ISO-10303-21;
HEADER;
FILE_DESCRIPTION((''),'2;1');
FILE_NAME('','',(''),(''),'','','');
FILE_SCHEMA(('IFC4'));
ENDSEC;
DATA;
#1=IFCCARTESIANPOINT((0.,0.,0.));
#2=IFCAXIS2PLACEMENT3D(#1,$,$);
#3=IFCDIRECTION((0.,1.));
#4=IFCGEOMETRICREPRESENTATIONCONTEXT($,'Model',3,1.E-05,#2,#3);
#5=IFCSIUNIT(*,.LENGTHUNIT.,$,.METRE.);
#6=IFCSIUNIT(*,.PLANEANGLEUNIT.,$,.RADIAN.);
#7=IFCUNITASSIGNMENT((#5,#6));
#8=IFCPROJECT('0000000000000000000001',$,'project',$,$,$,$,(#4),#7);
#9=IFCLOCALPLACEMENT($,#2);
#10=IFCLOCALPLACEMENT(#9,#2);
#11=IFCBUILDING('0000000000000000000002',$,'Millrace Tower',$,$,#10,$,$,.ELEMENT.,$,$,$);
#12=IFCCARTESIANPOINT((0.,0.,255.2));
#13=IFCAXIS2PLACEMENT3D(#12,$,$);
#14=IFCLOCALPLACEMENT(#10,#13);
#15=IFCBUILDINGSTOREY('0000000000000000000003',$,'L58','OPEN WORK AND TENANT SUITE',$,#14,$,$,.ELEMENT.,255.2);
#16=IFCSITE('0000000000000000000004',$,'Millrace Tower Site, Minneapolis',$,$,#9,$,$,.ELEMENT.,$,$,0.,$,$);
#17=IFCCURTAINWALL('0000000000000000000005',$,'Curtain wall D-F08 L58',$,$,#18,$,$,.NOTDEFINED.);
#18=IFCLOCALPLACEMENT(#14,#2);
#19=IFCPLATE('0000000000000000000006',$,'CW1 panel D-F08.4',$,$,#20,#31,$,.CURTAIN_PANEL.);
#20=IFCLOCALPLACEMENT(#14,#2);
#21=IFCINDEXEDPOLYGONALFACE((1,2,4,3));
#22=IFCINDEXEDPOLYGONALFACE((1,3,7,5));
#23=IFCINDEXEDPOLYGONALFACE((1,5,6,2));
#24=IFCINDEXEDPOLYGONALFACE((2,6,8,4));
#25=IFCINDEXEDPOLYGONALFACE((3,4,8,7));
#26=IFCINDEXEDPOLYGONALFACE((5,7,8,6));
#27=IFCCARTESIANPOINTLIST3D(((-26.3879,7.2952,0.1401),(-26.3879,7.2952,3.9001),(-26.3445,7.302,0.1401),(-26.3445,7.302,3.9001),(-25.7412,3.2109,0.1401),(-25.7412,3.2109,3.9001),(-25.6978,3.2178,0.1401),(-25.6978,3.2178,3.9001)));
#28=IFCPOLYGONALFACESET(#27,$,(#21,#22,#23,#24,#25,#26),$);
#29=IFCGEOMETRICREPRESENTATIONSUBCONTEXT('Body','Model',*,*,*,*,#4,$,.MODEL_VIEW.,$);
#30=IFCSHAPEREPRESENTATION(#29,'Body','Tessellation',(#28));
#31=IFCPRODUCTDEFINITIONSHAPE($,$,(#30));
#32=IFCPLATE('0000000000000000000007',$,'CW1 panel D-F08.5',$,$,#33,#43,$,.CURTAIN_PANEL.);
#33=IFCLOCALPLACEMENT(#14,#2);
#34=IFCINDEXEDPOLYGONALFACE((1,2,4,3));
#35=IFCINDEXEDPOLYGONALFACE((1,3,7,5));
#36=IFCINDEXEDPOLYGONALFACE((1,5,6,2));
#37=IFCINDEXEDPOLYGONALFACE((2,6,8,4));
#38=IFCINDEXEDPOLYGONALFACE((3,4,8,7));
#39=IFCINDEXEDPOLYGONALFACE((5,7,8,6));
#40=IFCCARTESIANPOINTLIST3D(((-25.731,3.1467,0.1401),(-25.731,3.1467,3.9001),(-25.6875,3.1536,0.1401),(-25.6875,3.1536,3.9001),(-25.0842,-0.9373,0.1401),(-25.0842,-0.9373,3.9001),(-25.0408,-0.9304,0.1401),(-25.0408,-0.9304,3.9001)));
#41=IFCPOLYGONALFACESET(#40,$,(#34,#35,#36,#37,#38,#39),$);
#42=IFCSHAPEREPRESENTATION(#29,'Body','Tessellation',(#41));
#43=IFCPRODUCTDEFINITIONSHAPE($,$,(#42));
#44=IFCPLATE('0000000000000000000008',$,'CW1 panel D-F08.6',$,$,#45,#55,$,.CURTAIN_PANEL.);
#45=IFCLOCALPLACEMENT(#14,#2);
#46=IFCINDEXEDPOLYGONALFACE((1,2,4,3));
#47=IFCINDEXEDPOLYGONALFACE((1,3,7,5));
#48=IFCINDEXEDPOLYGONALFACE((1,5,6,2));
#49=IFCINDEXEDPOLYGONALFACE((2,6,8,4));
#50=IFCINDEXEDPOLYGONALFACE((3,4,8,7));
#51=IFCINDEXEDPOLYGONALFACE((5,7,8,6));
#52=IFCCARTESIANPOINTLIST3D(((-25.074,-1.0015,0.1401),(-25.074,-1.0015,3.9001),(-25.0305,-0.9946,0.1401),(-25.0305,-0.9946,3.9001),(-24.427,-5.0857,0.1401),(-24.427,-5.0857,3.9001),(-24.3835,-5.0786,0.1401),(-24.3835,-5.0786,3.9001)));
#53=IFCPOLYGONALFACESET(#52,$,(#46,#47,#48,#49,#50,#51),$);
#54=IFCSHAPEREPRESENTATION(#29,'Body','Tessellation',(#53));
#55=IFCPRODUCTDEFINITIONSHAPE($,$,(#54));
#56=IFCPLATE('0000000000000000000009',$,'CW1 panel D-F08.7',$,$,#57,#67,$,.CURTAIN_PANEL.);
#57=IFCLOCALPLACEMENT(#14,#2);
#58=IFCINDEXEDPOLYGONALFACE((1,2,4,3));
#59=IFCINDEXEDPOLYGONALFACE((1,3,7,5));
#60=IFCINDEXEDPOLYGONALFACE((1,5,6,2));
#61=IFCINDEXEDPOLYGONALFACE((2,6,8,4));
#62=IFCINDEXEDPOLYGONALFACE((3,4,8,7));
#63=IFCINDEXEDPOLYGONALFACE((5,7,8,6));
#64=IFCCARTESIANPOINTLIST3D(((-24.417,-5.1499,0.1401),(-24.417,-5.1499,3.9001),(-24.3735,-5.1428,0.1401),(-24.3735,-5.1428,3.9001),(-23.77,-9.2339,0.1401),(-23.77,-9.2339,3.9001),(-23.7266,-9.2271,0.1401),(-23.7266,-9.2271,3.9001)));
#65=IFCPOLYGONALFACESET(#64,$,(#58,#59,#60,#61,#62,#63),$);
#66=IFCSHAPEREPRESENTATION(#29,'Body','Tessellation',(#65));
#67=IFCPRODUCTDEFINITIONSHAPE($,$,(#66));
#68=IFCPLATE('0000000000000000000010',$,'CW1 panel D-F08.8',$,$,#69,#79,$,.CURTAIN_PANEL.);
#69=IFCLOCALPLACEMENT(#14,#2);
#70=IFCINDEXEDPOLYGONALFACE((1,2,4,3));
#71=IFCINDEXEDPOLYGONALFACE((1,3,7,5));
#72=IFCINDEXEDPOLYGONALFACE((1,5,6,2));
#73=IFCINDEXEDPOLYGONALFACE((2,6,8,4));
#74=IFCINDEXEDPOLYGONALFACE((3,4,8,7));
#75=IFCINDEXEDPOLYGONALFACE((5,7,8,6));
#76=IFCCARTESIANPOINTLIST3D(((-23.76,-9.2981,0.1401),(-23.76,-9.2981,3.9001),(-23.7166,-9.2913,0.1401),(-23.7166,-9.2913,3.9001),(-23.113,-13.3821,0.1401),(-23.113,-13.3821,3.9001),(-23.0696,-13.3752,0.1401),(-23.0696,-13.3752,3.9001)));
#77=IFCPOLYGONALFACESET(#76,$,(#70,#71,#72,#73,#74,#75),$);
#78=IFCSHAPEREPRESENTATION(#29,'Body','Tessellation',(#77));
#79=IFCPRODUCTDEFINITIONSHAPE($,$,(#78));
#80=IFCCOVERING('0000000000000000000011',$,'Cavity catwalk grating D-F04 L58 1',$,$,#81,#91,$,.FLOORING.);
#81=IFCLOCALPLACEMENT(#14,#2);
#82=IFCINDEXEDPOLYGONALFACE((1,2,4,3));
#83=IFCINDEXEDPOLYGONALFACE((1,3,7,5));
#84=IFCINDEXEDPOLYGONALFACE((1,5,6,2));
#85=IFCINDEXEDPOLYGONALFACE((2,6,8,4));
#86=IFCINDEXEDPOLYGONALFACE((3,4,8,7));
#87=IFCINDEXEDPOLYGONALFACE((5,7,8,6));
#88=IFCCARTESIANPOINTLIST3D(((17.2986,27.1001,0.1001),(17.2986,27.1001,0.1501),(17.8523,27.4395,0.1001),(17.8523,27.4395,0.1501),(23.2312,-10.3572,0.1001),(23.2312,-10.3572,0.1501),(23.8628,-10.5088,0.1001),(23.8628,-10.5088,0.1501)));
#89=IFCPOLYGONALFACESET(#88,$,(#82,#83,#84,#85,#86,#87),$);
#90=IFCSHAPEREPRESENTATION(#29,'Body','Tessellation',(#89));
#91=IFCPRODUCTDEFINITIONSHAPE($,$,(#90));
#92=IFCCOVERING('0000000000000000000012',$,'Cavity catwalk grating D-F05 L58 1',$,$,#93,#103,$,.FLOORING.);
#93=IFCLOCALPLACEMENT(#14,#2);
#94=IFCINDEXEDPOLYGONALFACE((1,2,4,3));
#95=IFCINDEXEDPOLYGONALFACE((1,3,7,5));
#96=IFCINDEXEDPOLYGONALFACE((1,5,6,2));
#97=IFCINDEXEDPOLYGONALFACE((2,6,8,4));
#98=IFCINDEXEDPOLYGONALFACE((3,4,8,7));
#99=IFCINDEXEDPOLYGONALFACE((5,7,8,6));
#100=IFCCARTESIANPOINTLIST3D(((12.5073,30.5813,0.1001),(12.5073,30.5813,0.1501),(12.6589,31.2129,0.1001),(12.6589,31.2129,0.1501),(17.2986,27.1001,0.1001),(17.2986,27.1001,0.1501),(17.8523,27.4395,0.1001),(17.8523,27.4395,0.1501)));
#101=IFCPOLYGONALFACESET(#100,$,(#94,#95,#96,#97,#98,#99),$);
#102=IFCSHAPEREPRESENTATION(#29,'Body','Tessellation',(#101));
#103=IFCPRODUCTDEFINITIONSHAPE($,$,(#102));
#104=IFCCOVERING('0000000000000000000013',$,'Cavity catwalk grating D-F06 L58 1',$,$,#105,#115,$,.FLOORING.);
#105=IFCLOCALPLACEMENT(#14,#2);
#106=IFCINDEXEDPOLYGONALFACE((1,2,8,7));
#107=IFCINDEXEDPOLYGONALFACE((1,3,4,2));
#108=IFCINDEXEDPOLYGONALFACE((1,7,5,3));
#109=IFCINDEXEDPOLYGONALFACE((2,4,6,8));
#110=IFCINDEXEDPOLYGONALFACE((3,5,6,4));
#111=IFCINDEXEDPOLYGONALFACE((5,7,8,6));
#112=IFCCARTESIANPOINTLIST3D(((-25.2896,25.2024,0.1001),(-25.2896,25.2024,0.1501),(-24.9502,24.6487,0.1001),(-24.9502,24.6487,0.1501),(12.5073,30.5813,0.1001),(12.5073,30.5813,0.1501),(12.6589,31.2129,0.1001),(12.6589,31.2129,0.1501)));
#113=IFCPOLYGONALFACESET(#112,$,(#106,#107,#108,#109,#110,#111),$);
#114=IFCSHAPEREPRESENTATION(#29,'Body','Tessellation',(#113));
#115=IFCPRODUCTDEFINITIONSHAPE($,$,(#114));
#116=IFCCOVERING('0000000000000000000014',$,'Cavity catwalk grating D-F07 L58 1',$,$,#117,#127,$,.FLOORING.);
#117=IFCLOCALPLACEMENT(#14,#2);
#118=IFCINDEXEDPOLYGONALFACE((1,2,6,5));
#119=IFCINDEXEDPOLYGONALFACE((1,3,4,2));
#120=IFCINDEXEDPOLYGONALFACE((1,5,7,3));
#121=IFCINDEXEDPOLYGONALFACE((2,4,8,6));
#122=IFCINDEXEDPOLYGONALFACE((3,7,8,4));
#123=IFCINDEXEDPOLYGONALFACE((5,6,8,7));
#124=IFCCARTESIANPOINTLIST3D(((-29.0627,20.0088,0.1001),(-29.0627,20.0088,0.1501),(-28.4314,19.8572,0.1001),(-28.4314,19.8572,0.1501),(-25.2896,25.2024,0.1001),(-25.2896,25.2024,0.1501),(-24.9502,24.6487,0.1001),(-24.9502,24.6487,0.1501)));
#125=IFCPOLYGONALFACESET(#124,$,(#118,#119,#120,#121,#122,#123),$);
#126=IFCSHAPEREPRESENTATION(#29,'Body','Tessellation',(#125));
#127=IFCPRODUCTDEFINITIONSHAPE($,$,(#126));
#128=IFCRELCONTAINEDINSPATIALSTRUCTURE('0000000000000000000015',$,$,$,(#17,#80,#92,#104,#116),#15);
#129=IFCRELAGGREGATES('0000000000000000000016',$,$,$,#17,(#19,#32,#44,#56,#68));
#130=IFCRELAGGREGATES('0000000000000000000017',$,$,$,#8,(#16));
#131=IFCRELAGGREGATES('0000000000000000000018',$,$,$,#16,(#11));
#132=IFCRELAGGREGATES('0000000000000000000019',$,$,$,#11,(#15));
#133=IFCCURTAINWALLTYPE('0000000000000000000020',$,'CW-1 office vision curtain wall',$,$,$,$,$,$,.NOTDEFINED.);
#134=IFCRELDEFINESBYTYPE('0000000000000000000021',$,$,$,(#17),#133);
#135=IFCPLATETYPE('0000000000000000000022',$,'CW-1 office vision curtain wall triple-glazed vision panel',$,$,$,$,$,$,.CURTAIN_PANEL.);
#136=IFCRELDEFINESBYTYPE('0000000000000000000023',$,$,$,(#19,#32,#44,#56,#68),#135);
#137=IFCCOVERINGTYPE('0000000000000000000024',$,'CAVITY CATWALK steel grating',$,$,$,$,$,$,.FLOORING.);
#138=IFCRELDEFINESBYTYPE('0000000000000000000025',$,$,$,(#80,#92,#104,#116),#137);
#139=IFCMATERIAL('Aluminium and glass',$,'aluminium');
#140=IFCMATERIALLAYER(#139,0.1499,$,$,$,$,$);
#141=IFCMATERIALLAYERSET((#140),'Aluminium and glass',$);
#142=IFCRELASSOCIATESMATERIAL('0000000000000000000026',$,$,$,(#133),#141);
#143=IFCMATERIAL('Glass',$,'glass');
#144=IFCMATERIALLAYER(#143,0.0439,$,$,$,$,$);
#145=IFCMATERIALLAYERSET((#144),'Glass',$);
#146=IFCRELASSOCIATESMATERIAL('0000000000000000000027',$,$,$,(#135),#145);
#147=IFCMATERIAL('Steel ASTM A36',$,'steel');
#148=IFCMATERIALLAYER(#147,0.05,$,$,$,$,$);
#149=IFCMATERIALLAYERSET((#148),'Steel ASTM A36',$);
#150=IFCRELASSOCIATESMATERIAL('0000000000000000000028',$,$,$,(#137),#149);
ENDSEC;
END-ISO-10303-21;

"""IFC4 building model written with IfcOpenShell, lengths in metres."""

from ifc_helpers import new_model, si_unit, direction, frame, origin, place, context, subcontext, project, spatial, polyline, outline, extrude, material, layer, layer_set, type_object, element, aggregate, save


model = new_model("IFC4")

# Units and contexts
model_context = context("Model", 3, precision=1e-05, world=origin(), true_north=direction((0.0, 1.0)))
body_context = subcontext(model_context, "Body", "Model", "MODEL_VIEW")
ifc_project = project(units=[si_unit("LENGTHUNIT", "METRE"), si_unit("PLANEANGLEUNIT", "RADIAN")], contexts=[model_context])

# Site, building, storey
site_placement = place(None, origin())
site = spatial("IfcSite", under=ifc_project, at=site_placement, Name="Millrace Tower Site, Minneapolis", CompositionType="ELEMENT", RefElevation=0.0)
building_placement = place(site_placement, origin())
building = spatial("IfcBuilding", under=site, at=building_placement, Name="Millrace Tower", CompositionType="ELEMENT")
storey_placement = place(building_placement, frame((0.0, 0.0, 255.2)))
storey = spatial("IfcBuildingStorey", under=building, at=storey_placement, Name="L58", Description="OPEN WORK AND TENANT SUITE", CompositionType="ELEMENT", Elevation=255.2)

# Shared definitions
ifc_material_1 = material(Name="Aluminium and glass", Category="aluminium")
ifc_layer_1 = layer(ifc_material_1, 0.1499)
ifc_layer_set_1 = layer_set([ifc_layer_1], Name="Aluminium and glass")
curtain_wall_type = type_object("IfcCurtainWallType", Name="CW-1 office vision curtain wall", PredefinedType="NOTDEFINED", material=ifc_layer_set_1)
placement_1 = place(storey_placement, origin())
ifc_material_2 = material(Name="Glass", Category="glass")
ifc_layer_2 = layer(ifc_material_2, 0.0439)
ifc_layer_set_2 = layer_set([ifc_layer_2], Name="Glass")
plate_type = type_object("IfcPlateType", Name="CW-1 office vision curtain wall triple-glazed vision panel", PredefinedType="CURTAIN_PANEL", material=ifc_layer_set_2)
placement_2 = place(storey_placement, frame((0.0, 0.0, 0.1401)))

# Curtain wall, plates
curtain_wall_1 = element("IfcCurtainWall", 1, at=placement_1, inside=storey, type_object=curtain_wall_type, Name="Curtain wall D-F08 L58", PredefinedType="NOTDEFINED")
plate_1 = element("IfcPlate", 2, at=placement_2, type_object=plate_type, Name="CW1 panel D-F08.4", PredefinedType="CURTAIN_PANEL", context=body_context, shape_type="SweptSolid", body=[
    extrude(outline(polyline([(-26.3879, 7.2952), (-25.7412, 3.2109), (-25.6978, 3.2178), (-26.3445, 7.302), (-26.3879, 7.2952)])), origin(), (0.0, 0.0, 1.0), 3.76),
])
plate_2 = element("IfcPlate", 3, at=placement_2, type_object=plate_type, Name="CW1 panel D-F08.5", PredefinedType="CURTAIN_PANEL", context=body_context, shape_type="SweptSolid", body=[
    extrude(outline(polyline([(-25.731, 3.1467), (-25.0842, -0.9373), (-25.0408, -0.9304), (-25.6875, 3.1536), (-25.731, 3.1467)])), origin(), (0.0, 0.0, 1.0), 3.76),
])
plate_3 = element("IfcPlate", 4, at=placement_2, type_object=plate_type, Name="CW1 panel D-F08.6", PredefinedType="CURTAIN_PANEL", context=body_context, shape_type="SweptSolid", body=[
    extrude(outline(polyline([(-25.074, -1.0015), (-24.427, -5.0857), (-24.3835, -5.0786), (-25.0305, -0.9946), (-25.074, -1.0015)])), origin(), (0.0, 0.0, 1.0), 3.76),
])
plate_4 = element("IfcPlate", 5, at=placement_2, type_object=plate_type, Name="CW1 panel D-F08.7", PredefinedType="CURTAIN_PANEL", context=body_context, shape_type="SweptSolid", body=[
    extrude(outline(polyline([(-24.417, -5.1499), (-23.77, -9.2339), (-23.7266, -9.2271), (-24.3735, -5.1428), (-24.417, -5.1499)])), origin(), (0.0, 0.0, 1.0), 3.76),
])
plate_5 = element("IfcPlate", 6, at=placement_2, type_object=plate_type, Name="CW1 panel D-F08.8", PredefinedType="CURTAIN_PANEL", context=body_context, shape_type="SweptSolid", body=[
    extrude(outline(polyline([(-23.76, -9.2981), (-23.113, -13.3821), (-23.0696, -13.3752), (-23.7166, -9.2913), (-23.76, -9.2981)])), origin(), (0.0, 0.0, 1.0), 3.76),
])
aggregate(curtain_wall_1, [plate_1, plate_2, plate_3, plate_4, plate_5])

# Coverings
ifc_material_3 = material(Name="Steel ASTM A36", Category="steel")
ifc_layer_3 = layer(ifc_material_3, 0.05)
ifc_layer_set_3 = layer_set([ifc_layer_3], Name="Steel ASTM A36")
covering_type = type_object("IfcCoveringType", Name="CAVITY CATWALK steel grating", PredefinedType="FLOORING", material=ifc_layer_set_3)
placement_3 = place(storey_placement, frame((0.0, 0.0, 0.1001)))
element("IfcCovering", 7, at=placement_3, inside=storey, type_object=covering_type, Name="Cavity catwalk grating D-F04 L58 1", PredefinedType="FLOORING", context=body_context, shape_type="SweptSolid", body=[
    extrude(outline(polyline([(23.8628, -10.5088), (17.8523, 27.4395), (17.2986, 27.1001), (23.2312, -10.3572), (23.8628, -10.5088)])), origin(), (0.0, 0.0, 1.0), 0.05),
])
element("IfcCovering", 8, at=placement_3, inside=storey, type_object=covering_type, Name="Cavity catwalk grating D-F05 L58 1", PredefinedType="FLOORING", context=body_context, shape_type="SweptSolid", body=[
    extrude(outline(polyline([(17.8523, 27.4395), (12.6589, 31.2129), (12.5073, 30.5813), (17.2986, 27.1001), (17.8523, 27.4395)])), origin(), (0.0, 0.0, 1.0), 0.05),
])
element("IfcCovering", 9, at=placement_3, inside=storey, type_object=covering_type, Name="Cavity catwalk grating D-F06 L58 1", PredefinedType="FLOORING", context=body_context, shape_type="SweptSolid", body=[
    extrude(outline(polyline([(12.6589, 31.2129), (-25.2896, 25.2024), (-24.9502, 24.6487), (12.5073, 30.5813), (12.6589, 31.2129)])), origin(), (0.0, 0.0, 1.0), 0.05),
])
element("IfcCovering", 10, at=placement_3, inside=storey, type_object=covering_type, Name="Cavity catwalk grating D-F07 L58 1", PredefinedType="FLOORING", context=body_context, shape_type="SweptSolid", body=[
    extrude(outline(polyline([(-25.2896, 25.2024), (-29.0627, 20.0088), (-28.4314, 19.8572), (-24.9502, 24.6487), (-25.2896, 25.2024)])), origin(), (0.0, 0.0, 1.0), 0.05),
])

save(model, "model.ifc")
